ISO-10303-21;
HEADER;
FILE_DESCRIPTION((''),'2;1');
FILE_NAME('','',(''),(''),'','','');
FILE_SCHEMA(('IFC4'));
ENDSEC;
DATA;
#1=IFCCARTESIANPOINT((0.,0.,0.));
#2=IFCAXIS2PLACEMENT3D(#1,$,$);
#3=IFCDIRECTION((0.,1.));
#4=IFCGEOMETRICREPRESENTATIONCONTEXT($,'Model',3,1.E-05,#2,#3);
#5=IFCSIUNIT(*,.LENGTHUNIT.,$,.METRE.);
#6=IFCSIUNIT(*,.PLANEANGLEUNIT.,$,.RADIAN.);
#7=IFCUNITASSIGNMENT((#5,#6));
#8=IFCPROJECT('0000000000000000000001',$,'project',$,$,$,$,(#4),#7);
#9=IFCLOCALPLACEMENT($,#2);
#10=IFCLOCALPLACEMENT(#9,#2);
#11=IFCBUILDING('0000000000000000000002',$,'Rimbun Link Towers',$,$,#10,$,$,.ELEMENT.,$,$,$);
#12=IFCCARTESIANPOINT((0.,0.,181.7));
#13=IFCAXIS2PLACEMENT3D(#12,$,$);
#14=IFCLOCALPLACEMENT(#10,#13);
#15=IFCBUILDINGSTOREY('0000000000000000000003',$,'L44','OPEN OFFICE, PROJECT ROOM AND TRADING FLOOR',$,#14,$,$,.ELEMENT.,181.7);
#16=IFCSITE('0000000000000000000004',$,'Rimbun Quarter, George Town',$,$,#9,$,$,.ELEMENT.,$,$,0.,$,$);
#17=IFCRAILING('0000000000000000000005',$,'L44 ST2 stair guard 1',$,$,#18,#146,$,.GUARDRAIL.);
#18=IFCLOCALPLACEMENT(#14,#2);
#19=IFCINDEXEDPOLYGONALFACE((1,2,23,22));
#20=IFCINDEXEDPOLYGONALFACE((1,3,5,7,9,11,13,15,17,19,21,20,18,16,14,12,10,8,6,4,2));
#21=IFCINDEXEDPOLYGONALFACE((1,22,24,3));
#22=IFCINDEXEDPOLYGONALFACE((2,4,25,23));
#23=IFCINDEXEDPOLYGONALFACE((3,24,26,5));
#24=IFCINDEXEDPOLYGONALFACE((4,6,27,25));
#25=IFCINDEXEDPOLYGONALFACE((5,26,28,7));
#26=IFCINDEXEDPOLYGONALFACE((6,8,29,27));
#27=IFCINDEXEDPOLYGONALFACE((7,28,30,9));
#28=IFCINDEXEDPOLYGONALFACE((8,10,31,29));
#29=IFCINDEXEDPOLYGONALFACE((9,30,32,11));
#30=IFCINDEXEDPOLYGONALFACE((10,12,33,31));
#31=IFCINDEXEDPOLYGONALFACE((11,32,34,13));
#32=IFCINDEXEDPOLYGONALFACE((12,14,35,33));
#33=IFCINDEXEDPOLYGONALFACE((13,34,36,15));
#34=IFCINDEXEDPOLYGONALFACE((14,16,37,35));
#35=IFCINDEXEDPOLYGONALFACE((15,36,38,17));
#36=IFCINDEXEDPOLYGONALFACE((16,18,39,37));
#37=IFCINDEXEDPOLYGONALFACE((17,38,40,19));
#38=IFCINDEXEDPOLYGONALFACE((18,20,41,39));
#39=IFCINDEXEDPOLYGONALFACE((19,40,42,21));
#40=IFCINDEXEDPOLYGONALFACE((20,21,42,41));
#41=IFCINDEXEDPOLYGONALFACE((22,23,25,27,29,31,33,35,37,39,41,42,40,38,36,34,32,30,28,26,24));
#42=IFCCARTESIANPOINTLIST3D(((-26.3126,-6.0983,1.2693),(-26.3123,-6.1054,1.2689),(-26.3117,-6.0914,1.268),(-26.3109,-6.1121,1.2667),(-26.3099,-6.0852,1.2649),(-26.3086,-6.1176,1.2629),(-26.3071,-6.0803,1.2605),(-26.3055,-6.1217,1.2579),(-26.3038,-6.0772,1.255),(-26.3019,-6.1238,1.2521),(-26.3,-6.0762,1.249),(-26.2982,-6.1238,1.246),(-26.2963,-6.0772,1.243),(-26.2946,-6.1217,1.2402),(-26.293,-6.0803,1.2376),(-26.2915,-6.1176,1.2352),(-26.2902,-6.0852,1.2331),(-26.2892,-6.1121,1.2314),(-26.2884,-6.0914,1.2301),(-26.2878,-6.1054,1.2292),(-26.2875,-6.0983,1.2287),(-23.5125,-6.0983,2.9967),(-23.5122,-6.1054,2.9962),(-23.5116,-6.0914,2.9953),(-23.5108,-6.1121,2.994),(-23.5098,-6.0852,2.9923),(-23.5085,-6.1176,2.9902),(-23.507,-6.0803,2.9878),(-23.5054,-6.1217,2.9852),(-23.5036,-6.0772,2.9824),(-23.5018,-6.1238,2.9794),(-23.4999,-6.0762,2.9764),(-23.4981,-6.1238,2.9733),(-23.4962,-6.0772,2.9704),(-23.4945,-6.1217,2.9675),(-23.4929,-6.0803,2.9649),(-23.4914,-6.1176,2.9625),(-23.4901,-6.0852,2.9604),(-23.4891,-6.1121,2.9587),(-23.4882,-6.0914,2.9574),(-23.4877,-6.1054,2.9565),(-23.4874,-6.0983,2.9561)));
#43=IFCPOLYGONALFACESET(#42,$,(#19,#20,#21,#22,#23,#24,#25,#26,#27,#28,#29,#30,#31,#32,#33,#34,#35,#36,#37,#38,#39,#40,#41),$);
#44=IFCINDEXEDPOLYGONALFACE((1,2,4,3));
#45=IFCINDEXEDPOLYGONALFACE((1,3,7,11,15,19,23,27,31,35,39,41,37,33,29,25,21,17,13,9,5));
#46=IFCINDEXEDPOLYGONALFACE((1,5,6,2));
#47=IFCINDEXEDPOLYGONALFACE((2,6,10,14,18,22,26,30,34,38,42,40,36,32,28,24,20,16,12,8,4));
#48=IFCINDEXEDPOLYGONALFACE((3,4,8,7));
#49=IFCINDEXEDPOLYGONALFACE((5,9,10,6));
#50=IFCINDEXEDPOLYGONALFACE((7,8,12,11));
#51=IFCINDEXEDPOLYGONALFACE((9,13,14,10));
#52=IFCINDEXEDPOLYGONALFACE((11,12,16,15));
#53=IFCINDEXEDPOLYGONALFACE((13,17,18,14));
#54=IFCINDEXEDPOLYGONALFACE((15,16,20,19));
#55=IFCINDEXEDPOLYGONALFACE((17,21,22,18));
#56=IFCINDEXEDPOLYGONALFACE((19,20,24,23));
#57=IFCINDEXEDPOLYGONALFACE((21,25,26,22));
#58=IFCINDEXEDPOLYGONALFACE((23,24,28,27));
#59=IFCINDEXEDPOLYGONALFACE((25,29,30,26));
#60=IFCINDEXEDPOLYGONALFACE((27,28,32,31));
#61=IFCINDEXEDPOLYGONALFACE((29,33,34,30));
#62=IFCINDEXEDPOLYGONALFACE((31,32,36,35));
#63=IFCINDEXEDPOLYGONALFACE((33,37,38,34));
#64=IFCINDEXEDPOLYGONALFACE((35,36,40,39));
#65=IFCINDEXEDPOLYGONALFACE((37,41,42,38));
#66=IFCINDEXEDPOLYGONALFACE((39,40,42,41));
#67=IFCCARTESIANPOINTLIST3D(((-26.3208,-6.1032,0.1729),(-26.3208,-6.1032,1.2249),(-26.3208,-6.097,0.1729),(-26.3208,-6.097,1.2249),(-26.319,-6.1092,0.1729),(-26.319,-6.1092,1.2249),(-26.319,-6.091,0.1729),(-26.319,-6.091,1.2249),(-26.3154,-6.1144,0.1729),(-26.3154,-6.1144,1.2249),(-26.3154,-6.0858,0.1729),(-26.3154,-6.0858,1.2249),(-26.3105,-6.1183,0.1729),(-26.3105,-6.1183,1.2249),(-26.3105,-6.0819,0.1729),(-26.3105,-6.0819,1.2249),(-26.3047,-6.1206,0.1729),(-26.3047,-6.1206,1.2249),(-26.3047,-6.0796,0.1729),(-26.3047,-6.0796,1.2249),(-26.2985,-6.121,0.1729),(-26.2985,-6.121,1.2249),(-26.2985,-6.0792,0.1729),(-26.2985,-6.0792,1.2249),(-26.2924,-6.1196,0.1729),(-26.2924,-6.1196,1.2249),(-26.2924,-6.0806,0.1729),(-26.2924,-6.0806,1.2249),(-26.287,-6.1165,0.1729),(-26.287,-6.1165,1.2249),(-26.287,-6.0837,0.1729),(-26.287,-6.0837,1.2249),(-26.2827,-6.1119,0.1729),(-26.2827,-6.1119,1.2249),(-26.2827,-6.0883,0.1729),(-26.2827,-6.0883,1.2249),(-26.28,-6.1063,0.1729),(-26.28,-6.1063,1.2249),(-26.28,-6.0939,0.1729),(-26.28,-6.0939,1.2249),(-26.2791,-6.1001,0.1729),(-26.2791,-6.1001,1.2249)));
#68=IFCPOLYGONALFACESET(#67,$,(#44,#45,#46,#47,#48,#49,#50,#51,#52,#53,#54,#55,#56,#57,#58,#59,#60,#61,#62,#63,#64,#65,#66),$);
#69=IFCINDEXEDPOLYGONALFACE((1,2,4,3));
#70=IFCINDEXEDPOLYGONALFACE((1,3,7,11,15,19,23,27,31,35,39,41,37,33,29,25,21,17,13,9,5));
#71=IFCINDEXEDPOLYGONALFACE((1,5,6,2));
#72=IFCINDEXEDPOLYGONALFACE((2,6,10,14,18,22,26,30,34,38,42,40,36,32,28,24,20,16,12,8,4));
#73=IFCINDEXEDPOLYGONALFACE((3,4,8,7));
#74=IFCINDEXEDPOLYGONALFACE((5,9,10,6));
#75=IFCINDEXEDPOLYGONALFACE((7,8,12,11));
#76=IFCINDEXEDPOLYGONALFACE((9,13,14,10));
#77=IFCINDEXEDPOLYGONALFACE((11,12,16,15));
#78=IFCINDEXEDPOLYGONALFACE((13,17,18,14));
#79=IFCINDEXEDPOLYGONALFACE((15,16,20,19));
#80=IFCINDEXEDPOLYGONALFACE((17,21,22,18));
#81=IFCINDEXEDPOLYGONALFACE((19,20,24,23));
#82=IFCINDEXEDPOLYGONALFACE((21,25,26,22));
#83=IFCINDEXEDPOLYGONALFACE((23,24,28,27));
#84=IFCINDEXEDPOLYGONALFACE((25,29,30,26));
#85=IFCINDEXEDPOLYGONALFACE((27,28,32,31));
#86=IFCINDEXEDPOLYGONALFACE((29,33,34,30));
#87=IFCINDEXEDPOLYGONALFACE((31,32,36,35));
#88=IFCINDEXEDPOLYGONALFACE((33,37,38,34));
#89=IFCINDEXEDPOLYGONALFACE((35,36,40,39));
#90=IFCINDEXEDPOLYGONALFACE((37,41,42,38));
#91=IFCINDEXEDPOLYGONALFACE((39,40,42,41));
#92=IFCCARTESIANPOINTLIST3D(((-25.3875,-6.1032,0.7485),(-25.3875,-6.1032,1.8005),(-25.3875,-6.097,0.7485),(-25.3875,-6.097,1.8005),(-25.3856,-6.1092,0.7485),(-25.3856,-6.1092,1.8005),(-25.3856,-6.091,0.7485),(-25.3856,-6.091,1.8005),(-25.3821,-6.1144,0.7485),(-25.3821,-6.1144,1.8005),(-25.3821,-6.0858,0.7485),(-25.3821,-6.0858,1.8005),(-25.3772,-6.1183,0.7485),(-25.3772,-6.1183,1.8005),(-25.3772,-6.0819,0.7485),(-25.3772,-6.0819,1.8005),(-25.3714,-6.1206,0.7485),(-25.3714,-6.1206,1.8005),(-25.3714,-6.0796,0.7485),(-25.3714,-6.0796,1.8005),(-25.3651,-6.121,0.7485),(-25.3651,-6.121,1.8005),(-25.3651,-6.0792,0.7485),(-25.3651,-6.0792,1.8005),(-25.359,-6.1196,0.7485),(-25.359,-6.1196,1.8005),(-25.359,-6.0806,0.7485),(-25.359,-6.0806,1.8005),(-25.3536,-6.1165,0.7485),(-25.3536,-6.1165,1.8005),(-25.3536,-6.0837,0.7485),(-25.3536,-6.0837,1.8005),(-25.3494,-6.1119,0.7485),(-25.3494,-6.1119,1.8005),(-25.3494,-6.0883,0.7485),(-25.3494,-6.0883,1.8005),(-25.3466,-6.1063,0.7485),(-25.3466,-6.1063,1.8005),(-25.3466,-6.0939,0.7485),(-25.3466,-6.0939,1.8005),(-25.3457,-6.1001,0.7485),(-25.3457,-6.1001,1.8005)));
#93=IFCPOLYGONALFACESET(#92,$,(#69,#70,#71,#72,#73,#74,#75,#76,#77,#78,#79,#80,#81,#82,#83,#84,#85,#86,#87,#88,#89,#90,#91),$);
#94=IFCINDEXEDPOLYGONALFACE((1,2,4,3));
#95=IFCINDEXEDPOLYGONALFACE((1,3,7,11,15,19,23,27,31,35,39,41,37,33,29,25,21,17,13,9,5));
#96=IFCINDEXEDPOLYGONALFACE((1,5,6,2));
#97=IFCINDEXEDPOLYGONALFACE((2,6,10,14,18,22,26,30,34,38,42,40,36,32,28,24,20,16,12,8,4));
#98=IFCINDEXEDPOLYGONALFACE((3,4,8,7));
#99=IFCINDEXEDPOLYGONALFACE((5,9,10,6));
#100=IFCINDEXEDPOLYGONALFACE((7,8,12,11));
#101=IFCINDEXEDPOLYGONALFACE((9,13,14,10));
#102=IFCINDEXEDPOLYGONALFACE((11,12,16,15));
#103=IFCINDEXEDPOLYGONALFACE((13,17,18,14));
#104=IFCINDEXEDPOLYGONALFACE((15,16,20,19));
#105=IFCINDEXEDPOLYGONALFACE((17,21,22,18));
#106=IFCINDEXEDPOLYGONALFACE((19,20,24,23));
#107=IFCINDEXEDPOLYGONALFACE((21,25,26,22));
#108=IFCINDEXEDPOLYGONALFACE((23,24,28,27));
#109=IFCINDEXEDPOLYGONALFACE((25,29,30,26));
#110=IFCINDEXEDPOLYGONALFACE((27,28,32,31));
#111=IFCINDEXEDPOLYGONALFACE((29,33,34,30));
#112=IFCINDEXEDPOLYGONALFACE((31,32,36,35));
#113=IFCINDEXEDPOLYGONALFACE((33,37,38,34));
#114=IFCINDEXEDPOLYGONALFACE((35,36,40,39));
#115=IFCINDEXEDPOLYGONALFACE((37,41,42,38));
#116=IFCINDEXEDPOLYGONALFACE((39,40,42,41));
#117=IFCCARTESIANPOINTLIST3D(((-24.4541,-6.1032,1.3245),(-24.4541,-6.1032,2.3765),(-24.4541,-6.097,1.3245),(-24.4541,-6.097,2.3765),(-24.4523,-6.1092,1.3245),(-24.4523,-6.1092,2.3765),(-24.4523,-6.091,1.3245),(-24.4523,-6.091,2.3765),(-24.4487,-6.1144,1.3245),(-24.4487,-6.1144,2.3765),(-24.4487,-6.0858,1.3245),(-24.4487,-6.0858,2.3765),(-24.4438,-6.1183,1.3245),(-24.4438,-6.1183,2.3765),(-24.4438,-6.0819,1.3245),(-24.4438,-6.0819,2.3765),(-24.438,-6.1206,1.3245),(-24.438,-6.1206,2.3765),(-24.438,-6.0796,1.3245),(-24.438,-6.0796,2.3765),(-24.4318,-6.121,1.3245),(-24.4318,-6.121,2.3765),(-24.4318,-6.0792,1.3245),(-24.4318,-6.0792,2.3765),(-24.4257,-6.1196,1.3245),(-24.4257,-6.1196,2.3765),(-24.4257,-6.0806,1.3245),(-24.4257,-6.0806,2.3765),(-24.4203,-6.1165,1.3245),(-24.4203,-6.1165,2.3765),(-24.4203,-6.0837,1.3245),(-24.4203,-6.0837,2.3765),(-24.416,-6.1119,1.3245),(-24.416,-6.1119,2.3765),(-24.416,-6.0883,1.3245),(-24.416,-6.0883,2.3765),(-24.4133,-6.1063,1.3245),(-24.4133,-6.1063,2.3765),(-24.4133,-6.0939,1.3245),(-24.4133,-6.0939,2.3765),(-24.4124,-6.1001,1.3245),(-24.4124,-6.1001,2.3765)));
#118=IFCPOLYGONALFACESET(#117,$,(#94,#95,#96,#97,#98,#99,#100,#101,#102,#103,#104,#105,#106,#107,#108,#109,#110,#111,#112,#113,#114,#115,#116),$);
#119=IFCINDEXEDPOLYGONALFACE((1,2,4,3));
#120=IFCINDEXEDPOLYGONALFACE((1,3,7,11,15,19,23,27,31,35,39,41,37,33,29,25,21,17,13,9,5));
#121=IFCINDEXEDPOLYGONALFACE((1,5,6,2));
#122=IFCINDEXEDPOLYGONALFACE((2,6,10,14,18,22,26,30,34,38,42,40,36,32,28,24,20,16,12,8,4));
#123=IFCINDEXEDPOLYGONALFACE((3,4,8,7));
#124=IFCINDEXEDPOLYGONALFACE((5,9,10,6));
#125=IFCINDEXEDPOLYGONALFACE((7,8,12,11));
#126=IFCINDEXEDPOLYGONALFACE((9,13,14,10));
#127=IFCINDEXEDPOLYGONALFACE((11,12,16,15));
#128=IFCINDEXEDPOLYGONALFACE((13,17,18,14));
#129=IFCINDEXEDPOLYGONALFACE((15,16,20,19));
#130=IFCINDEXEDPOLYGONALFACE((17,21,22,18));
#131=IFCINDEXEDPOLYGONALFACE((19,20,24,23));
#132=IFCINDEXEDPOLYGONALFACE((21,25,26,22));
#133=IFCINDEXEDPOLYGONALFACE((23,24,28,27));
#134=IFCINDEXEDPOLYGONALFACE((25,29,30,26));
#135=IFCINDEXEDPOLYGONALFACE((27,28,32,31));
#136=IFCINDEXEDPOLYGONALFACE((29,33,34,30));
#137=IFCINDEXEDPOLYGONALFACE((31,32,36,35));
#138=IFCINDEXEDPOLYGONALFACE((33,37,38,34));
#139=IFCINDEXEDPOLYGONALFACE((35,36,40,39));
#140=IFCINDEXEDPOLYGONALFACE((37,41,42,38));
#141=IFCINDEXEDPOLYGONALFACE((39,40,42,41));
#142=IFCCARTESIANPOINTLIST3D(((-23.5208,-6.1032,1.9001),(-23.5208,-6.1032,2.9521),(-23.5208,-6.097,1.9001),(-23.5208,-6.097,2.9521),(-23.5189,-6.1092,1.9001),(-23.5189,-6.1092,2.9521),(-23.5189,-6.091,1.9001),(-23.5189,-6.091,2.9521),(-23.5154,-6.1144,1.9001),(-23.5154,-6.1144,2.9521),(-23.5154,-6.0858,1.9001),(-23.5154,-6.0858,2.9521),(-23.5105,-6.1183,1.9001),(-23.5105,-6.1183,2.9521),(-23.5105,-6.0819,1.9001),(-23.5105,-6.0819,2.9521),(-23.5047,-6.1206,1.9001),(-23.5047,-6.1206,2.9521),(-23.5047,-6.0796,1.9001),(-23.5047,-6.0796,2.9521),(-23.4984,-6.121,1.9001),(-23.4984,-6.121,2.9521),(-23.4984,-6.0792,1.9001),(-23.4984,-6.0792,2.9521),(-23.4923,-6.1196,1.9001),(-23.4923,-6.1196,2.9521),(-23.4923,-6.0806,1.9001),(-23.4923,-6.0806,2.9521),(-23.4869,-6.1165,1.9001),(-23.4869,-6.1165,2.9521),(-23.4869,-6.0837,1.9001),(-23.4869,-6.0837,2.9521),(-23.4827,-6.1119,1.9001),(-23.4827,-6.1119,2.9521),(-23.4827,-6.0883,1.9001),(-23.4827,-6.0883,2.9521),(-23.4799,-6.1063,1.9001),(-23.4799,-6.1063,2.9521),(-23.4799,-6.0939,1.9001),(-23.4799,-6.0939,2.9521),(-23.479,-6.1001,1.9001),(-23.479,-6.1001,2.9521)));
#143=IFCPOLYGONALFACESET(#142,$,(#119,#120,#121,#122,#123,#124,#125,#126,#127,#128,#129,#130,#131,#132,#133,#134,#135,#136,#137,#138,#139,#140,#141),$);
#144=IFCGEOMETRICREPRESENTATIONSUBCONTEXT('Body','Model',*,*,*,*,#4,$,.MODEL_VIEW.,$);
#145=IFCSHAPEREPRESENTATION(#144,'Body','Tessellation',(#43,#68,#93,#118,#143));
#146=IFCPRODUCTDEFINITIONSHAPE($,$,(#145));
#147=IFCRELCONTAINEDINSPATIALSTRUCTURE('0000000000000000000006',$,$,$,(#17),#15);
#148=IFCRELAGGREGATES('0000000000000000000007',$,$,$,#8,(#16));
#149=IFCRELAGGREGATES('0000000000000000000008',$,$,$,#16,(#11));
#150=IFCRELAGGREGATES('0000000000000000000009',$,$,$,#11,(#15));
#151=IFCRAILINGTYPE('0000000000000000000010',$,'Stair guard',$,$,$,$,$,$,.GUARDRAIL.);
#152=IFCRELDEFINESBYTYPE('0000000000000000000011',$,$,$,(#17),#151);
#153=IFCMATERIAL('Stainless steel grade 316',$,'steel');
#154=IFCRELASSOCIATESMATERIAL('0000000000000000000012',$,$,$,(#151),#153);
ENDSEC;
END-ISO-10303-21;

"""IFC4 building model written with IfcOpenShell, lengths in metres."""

from ifc_helpers import new_model, si_unit, direction, frame, origin, origin_2d, place, context, subcontext, project, spatial, circle, extrude, material, type_object, element, save


model = new_model("IFC4")

# Units and contexts
model_context = context("Model", 3, precision=1e-05, world=origin(), true_north=direction((0.0, 1.0)))
body_context = subcontext(model_context, "Body", "Model", "MODEL_VIEW")
ifc_project = project(units=[si_unit("LENGTHUNIT", "METRE"), si_unit("PLANEANGLEUNIT", "RADIAN")], contexts=[model_context])

# Site, building, storey
site_placement = place(None, origin())
site = spatial("IfcSite", under=ifc_project, at=site_placement, Name="Rimbun Quarter, George Town", CompositionType="ELEMENT", RefElevation=0.0)
building_placement = place(site_placement, origin())
building = spatial("IfcBuilding", under=site, at=building_placement, Name="Rimbun Link Towers", CompositionType="ELEMENT")
storey_placement = place(building_placement, frame((0.0, 0.0, 181.7)))
storey = spatial("IfcBuildingStorey", under=building, at=storey_placement, Name="L44", Description="OPEN OFFICE, PROJECT ROOM AND TRADING FLOOR", CompositionType="ELEMENT", Elevation=181.7)

# Railing
ifc_material_1 = material(Name="Stainless steel grade 316", Category="steel")
railing_type_1 = type_object("IfcRailingType", Name="Stair guard", PredefinedType="GUARDRAIL", material=ifc_material_1)
railing_1_placement = place(storey_placement, frame((-26.3, -6.1001, 0.1729)))
element("IfcRailing", 1, at=railing_1_placement, inside=storey, type_object=railing_type_1, Name="L44 ST2 stair guard 1", PredefinedType="GUARDRAIL", context=body_context, shape_type="SweptSolid", body=[
    extrude(circle(Radius=0.0239, at=origin_2d()), frame((0.0, 0.0, 1.0762), z_axis=(0.85109, 0.0, 0.52502), x_axis=(0.0, 1.0, 0.0)), (0.0, 0.0, 1.0), 3.29),
    extrude(circle(Radius=0.021, at=origin_2d()), origin(), (0.0, 0.0, 1.0), 1.052),
    extrude(circle(Radius=0.021, at=origin_2d()), frame((0.9333, 0.0, 0.5757)), (0.0, 0.0, 1.0), 1.052),
    extrude(circle(Radius=0.021, at=origin_2d()), frame((1.8667, 0.0, 1.1516)), (0.0, 0.0, 1.0), 1.052),
    extrude(circle(Radius=0.021, at=origin_2d()), frame((2.8, 0.0, 1.7273)), (0.0, 0.0, 1.0), 1.052),
])

save(model, "model.ifc")
